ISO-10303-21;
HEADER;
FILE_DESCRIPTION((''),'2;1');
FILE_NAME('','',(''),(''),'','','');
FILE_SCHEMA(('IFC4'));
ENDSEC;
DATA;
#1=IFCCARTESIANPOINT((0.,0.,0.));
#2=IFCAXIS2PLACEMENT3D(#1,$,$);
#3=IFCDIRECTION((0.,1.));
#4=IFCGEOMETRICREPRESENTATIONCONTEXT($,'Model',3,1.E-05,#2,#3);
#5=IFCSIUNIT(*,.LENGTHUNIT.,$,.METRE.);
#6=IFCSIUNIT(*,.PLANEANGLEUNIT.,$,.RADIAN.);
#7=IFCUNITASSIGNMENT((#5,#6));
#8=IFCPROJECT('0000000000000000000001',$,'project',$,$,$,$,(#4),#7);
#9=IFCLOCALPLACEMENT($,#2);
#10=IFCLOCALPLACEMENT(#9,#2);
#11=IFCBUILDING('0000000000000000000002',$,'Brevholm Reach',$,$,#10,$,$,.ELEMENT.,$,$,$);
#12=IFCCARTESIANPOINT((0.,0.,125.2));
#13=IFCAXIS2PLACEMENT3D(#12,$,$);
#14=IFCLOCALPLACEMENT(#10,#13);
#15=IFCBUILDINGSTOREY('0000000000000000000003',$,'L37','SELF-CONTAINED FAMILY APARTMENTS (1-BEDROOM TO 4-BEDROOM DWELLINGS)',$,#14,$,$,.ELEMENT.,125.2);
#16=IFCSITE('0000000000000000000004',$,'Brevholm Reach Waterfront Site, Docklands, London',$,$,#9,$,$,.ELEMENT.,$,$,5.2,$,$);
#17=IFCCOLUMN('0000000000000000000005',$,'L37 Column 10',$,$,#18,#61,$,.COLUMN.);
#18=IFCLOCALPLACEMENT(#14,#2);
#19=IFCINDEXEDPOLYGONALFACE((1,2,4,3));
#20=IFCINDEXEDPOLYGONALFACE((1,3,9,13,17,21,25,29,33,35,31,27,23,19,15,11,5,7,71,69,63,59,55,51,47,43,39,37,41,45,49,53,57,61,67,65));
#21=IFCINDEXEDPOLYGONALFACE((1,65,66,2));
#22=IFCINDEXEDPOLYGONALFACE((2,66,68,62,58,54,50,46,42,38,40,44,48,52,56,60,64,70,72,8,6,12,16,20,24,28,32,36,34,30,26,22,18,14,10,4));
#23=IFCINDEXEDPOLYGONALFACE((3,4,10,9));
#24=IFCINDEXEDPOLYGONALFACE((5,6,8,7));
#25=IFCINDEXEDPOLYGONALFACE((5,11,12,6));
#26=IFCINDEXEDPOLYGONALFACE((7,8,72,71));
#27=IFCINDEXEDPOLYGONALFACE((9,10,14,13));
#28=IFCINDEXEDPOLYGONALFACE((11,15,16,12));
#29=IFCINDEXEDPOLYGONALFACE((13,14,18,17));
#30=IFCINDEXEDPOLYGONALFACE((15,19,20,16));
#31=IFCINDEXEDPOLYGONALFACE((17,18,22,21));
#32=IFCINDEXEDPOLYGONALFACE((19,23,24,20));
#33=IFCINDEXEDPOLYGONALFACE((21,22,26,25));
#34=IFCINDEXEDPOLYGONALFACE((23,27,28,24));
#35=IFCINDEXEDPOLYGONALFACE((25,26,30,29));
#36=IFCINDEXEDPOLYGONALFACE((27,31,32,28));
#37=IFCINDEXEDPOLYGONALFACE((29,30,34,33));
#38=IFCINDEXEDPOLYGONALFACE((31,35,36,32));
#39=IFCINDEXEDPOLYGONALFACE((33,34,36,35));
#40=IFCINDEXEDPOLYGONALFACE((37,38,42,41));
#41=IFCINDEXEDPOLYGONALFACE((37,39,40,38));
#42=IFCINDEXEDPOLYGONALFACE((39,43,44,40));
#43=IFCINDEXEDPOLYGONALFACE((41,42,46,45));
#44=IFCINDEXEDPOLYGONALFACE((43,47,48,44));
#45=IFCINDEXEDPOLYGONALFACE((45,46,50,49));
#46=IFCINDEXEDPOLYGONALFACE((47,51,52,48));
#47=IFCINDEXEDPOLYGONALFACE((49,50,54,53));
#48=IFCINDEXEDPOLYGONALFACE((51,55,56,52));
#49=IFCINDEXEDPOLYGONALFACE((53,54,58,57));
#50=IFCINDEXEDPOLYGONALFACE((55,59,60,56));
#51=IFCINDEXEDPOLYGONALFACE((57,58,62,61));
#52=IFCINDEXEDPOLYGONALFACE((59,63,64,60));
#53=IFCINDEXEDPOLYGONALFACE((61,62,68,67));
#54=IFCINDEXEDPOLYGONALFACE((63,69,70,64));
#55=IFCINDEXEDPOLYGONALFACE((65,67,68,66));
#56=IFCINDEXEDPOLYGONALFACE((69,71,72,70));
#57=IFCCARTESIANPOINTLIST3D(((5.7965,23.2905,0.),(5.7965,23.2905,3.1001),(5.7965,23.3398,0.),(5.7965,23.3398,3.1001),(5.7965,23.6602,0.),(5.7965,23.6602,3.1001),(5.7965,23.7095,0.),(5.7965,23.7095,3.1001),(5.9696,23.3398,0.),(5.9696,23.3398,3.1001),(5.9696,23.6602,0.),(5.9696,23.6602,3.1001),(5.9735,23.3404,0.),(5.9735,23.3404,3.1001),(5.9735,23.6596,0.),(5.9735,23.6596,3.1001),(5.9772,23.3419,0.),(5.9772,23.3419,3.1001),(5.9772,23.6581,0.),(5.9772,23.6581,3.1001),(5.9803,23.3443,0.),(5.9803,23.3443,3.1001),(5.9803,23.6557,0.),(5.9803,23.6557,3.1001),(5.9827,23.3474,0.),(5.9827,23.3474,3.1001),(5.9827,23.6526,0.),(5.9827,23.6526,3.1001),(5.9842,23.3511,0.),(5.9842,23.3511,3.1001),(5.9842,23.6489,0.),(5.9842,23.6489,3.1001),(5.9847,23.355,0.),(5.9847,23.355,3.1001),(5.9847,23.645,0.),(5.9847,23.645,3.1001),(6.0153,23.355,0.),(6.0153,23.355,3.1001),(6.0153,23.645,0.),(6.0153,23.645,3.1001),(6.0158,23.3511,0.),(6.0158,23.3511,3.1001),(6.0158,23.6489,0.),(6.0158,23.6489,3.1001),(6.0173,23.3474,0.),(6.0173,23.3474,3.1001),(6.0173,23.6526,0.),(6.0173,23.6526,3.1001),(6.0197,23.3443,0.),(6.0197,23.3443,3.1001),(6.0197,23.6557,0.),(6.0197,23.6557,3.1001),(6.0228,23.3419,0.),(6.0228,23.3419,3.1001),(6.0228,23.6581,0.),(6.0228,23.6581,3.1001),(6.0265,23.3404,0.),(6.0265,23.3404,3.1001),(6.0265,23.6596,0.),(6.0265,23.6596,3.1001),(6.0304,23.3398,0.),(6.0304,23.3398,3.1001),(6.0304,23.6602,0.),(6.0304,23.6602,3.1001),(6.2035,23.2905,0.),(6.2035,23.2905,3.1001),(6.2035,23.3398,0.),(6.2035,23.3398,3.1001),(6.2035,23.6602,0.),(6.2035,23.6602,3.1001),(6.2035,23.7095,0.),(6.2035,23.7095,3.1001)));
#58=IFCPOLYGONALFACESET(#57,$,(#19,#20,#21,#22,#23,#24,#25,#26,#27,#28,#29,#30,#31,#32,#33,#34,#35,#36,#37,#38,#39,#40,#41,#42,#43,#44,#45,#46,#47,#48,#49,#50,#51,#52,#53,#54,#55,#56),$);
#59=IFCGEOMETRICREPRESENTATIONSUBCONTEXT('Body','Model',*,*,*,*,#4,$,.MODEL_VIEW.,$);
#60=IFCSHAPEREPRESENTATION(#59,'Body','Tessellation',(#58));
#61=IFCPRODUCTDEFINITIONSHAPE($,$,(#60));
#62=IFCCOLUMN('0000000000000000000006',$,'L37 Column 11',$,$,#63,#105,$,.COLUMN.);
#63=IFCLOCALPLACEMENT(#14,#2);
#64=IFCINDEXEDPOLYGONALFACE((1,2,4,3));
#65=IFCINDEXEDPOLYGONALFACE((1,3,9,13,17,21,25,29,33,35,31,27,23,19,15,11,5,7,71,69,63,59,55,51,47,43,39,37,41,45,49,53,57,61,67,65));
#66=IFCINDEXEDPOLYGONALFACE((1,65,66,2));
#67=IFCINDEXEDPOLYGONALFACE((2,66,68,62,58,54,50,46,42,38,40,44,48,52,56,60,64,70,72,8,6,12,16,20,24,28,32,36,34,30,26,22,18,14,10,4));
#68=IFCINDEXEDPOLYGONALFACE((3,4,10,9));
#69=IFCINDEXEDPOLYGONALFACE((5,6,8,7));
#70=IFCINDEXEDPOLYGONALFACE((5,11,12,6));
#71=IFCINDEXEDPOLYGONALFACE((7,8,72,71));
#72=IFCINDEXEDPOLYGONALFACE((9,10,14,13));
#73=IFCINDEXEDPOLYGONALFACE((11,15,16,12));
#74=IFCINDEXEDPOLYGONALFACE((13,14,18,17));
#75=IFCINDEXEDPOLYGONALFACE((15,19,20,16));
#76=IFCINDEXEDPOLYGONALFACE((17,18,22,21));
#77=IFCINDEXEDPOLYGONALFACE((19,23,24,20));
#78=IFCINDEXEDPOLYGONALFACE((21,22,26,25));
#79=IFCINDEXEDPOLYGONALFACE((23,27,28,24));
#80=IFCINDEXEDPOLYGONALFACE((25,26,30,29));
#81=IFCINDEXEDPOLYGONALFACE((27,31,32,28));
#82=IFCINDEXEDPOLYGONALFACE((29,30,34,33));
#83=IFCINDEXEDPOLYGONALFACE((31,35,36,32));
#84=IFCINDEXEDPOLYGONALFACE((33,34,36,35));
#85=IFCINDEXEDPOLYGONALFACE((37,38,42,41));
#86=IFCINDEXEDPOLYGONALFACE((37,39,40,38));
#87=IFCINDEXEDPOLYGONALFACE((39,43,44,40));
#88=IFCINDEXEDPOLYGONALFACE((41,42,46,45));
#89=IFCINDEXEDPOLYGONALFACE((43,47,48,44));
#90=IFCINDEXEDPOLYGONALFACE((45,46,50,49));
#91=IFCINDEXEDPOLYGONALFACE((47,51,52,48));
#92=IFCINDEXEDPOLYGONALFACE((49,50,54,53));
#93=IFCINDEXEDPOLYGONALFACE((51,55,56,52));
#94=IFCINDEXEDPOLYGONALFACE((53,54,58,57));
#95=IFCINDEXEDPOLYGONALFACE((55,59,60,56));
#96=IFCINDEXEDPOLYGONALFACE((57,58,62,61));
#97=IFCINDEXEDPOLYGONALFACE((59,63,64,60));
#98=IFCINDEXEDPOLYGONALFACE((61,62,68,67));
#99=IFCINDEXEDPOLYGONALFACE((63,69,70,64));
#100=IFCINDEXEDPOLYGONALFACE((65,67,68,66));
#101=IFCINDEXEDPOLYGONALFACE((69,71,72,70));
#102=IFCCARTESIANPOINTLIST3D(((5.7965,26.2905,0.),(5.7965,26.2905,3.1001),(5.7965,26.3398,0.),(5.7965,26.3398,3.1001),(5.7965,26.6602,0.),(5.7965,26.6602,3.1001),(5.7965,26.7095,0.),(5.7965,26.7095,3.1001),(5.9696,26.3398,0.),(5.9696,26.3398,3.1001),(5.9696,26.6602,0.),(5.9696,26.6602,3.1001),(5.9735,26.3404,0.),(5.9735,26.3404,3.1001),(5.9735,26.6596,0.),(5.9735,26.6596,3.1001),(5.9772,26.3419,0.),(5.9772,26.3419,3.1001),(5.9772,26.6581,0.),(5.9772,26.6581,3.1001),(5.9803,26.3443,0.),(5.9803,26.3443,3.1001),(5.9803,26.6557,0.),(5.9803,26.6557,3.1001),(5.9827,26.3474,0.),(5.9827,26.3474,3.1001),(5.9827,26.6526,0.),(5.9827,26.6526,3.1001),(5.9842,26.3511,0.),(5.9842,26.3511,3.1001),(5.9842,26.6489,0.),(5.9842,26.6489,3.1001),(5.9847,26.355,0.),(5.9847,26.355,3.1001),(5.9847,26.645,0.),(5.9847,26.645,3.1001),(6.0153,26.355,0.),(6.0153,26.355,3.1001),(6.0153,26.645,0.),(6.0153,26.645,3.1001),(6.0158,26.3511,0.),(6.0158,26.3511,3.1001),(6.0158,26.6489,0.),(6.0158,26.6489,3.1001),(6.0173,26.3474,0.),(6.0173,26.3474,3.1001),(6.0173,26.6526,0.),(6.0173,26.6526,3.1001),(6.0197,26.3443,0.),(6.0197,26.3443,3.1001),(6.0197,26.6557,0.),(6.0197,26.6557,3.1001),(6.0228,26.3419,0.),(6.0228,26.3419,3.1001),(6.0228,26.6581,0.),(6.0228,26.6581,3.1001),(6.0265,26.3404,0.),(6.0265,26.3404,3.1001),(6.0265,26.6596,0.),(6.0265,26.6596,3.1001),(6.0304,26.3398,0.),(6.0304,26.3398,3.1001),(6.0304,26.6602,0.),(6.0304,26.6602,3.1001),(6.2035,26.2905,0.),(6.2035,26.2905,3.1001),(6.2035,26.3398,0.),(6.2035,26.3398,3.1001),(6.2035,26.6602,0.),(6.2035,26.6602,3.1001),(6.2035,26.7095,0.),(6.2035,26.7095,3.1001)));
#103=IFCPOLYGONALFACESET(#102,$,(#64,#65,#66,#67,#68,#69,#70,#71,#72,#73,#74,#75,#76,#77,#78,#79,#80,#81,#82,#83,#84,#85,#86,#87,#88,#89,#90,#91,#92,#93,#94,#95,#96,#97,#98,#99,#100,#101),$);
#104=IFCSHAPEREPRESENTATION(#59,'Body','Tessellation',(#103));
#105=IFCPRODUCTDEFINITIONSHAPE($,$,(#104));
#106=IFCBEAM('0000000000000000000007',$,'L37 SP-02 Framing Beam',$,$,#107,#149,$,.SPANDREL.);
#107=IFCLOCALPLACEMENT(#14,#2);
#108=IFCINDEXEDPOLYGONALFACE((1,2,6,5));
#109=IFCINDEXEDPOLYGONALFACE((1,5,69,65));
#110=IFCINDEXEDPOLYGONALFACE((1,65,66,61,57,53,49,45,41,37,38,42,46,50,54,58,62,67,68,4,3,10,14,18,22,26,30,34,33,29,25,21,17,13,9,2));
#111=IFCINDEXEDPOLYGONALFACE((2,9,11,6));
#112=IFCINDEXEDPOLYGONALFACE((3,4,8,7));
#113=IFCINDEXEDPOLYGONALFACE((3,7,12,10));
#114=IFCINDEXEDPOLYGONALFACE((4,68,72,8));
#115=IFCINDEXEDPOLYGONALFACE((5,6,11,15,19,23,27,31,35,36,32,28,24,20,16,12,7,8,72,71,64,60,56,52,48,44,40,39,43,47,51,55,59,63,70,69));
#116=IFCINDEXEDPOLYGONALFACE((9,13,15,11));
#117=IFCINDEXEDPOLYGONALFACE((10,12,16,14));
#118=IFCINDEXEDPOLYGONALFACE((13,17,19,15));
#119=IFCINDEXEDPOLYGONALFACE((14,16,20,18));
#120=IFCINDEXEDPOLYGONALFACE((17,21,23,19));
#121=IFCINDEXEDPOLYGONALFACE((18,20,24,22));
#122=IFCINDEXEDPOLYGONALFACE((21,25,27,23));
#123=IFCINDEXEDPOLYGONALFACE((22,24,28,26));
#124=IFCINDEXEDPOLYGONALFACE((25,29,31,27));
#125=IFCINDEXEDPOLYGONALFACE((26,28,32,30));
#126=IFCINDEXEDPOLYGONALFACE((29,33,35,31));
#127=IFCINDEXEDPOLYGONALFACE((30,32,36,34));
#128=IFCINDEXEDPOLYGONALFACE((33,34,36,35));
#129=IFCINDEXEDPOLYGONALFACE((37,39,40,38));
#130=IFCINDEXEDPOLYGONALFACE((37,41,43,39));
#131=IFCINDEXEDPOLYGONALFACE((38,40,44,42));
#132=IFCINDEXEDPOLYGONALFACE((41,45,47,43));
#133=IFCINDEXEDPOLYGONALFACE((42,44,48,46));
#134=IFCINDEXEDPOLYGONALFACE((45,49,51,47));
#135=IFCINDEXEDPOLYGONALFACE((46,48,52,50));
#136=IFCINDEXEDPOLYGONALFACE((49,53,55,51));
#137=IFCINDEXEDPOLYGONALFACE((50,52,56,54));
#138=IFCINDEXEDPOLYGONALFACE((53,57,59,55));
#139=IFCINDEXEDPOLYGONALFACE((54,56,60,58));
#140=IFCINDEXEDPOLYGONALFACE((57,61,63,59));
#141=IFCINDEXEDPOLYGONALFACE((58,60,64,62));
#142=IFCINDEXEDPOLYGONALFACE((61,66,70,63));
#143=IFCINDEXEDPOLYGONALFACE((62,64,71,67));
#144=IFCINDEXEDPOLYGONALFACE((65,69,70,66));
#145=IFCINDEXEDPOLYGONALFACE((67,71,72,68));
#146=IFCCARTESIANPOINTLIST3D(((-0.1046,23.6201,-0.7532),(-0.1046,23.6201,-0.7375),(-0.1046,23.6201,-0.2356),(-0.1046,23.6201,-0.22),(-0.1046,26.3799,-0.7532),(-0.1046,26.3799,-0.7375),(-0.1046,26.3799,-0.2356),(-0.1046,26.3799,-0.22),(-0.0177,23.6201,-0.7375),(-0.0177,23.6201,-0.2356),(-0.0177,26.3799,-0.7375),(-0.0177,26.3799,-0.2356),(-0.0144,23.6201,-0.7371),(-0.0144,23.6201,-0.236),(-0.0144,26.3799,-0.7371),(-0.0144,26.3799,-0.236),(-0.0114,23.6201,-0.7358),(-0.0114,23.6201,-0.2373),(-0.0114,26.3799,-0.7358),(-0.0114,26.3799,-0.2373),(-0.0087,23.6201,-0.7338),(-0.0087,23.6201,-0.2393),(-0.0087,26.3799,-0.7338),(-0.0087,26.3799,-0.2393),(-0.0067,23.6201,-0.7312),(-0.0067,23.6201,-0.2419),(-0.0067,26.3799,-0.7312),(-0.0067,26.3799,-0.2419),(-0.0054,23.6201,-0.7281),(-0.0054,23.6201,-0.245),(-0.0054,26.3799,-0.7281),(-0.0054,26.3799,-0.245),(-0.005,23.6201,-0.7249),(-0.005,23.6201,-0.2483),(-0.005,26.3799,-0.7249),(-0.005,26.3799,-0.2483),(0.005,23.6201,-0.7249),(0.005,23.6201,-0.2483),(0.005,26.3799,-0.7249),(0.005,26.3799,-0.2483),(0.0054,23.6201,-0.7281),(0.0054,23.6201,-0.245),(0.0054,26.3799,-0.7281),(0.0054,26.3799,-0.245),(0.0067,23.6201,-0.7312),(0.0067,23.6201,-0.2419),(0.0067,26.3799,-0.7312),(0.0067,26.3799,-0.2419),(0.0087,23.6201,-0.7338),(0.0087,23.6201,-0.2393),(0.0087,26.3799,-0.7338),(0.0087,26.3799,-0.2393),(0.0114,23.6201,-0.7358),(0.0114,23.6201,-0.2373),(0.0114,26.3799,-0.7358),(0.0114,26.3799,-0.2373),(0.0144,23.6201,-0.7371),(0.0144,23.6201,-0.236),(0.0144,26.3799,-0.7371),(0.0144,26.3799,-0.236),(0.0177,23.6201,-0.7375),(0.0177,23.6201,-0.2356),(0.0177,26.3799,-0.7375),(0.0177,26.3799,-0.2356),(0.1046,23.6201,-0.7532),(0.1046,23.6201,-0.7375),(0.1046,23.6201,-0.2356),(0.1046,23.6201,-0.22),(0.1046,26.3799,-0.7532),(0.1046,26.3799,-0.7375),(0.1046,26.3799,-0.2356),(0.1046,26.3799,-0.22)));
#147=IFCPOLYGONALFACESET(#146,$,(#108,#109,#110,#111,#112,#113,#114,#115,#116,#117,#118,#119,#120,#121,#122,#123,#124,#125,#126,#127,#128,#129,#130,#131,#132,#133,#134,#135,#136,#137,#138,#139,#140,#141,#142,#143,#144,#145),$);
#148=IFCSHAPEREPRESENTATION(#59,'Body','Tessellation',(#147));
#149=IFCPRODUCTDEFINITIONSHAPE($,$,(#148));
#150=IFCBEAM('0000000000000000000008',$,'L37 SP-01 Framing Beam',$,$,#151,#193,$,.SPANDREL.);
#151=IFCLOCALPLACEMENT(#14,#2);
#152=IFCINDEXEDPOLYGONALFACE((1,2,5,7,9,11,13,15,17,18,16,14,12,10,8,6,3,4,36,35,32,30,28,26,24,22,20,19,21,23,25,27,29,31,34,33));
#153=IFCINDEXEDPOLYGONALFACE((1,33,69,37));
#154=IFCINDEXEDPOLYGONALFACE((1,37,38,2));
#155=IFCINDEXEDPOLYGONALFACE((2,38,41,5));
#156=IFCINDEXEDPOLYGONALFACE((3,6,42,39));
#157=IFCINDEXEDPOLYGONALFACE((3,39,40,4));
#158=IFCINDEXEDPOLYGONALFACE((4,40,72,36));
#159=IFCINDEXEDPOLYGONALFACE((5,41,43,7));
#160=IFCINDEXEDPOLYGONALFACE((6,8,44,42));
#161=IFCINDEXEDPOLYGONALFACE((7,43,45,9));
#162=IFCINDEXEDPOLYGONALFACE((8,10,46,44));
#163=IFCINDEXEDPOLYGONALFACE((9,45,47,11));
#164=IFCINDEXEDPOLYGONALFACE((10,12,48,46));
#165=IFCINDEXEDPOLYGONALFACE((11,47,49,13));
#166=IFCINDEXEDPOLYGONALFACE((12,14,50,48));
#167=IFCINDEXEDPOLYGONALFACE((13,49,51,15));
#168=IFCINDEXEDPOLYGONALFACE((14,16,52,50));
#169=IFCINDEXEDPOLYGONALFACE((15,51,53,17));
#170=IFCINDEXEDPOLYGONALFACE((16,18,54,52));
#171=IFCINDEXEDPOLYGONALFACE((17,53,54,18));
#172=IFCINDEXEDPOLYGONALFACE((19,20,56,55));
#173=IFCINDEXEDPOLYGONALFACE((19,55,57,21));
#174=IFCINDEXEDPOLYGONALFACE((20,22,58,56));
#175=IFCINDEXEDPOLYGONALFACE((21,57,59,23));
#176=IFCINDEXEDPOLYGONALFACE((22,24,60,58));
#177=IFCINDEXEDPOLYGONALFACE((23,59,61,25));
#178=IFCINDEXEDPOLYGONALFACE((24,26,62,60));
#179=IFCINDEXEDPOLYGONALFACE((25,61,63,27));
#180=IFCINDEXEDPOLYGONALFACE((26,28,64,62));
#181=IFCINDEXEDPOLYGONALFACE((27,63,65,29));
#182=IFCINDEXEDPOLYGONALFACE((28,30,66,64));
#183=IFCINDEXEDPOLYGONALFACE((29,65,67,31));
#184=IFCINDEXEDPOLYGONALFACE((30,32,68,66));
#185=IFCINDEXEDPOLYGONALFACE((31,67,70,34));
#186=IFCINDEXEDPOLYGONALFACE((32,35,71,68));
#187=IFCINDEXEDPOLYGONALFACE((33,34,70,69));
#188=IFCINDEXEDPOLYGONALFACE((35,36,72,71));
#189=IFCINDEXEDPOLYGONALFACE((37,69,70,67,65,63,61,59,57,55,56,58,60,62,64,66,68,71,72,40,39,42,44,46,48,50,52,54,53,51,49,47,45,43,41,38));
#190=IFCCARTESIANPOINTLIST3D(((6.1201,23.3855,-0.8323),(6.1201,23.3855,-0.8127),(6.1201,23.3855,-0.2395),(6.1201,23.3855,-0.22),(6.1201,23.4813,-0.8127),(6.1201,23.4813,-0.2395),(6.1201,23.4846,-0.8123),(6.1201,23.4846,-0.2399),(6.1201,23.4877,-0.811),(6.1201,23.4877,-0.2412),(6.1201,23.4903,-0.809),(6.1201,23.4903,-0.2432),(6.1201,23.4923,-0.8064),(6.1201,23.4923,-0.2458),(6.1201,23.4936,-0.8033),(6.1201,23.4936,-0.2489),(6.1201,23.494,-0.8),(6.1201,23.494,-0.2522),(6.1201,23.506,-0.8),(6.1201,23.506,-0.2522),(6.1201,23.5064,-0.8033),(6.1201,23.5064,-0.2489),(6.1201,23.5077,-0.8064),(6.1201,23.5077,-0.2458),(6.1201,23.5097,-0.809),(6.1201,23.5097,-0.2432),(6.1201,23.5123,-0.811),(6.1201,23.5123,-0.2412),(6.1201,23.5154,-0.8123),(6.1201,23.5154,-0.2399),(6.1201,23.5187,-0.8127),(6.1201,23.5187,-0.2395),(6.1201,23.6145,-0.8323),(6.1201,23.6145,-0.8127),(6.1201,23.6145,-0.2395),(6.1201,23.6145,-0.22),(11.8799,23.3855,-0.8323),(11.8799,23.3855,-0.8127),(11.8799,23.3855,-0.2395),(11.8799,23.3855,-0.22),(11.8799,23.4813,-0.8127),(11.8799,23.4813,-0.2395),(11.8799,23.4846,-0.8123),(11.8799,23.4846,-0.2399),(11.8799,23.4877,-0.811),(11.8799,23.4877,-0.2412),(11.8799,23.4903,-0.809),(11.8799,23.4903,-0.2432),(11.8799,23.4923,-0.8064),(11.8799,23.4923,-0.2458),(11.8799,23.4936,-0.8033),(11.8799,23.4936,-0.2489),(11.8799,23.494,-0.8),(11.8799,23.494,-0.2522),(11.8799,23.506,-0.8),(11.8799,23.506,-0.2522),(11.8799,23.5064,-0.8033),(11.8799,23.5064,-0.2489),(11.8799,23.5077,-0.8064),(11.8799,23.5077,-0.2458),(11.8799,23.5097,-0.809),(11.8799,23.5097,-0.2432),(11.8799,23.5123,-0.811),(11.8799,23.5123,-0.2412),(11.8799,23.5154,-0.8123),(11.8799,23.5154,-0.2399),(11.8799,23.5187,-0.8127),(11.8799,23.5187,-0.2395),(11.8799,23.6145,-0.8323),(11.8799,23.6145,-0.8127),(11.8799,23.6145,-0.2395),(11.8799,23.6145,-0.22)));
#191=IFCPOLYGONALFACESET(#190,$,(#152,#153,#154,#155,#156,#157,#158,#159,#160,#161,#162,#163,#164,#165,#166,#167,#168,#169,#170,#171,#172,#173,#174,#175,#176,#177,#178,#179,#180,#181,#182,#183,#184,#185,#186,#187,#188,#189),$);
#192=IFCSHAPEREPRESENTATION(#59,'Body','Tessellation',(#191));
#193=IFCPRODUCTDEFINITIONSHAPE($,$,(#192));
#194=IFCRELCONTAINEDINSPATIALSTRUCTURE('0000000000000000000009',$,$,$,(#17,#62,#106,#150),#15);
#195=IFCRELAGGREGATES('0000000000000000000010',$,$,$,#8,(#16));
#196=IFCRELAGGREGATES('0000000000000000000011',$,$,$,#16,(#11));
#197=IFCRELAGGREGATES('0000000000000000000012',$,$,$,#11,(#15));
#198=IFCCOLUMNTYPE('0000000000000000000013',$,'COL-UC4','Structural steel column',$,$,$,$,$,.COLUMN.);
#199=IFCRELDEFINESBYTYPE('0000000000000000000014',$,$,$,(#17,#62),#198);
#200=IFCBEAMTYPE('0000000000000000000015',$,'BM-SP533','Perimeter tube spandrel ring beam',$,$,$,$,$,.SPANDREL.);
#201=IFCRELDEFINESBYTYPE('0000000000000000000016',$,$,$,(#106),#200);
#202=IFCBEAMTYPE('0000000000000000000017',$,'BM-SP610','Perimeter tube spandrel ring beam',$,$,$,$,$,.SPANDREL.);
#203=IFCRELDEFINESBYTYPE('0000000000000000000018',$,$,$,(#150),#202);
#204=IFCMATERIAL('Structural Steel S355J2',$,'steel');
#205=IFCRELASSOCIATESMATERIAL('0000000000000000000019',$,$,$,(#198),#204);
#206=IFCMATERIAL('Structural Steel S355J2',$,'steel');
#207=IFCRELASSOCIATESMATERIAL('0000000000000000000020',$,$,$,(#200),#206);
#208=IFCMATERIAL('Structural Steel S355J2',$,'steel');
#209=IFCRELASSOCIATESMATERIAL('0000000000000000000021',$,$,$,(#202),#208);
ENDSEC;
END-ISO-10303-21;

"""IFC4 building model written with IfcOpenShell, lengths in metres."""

from ifc_helpers import new_model, si_unit, direction, frame, origin, origin_2d, place, context, subcontext, project, spatial, i_section, extrude, material, material_profile, profile_set, type_object, element, save


model = new_model("IFC4")

# Units and contexts
model_context = context("Model", 3, precision=1e-05, world=origin(), true_north=direction((0.0, 1.0)))
body_context = subcontext(model_context, "Body", "Model", "MODEL_VIEW")
ifc_project = project(units=[si_unit("LENGTHUNIT", "METRE"), si_unit("PLANEANGLEUNIT", "RADIAN")], contexts=[model_context])

# Site, building, storey
site_placement = place(None, origin())
site = spatial("IfcSite", under=ifc_project, at=site_placement, Name="Brevholm Reach Waterfront Site, Docklands, London", CompositionType="ELEMENT", RefElevation=5.2)
building_placement = place(site_placement, origin())
building = spatial("IfcBuilding", under=site, at=building_placement, Name="Brevholm Reach", CompositionType="ELEMENT")
storey_placement = place(building_placement, frame((0.0, 0.0, 125.2)))
storey = spatial("IfcBuildingStorey", under=building, at=storey_placement, Name="L37", Description="SELF-CONTAINED FAMILY APARTMENTS (1-BEDROOM TO 4-BEDROOM DWELLINGS)", CompositionType="ELEMENT", Elevation=125.2)

# Columns
ifc_material_1 = material(Name="Structural Steel S355J2", Category="steel")
ifc_material_profile_1 = material_profile(ifc_material_1, i_section(OverallWidth=0.407, OverallDepth=0.4189, WebThickness=0.0305, FlangeThickness=0.0493, FilletRadius=0.0151, at=origin_2d()), Name="UKC 356x406x393")
ifc_profile_set_1 = profile_set([ifc_material_profile_1], Name="Structural Steel S355J2")
column_type_1 = type_object("IfcColumnType", Name="COL-UC4", Description="Structural steel column", PredefinedType="COLUMN", material=ifc_profile_set_1)
for number, where, z_axis, x_axis, name in (
    (1, (6.0, 23.5, 0.0), (0.0, 0.0, 1.0), (1.0, 0.0, 0.0), "L37 Column 10"),
    (2, (6.0, 26.5, 0.0), (0.0, 0.0, 1.0), (1.0, 0.0, 0.0), "L37 Column 11"),
):
    element("IfcColumn", number, at=place(storey_placement, frame(where, z_axis=z_axis, x_axis=x_axis)), inside=storey, type_object=column_type_1, Name=name, PredefinedType="COLUMN", context=body_context, shape_type="SweptSolid", body=[
        extrude(i_section(OverallWidth=0.407, OverallDepth=0.4189, WebThickness=0.0305, FlangeThickness=0.0493, FilletRadius=0.0151, at=origin_2d()), origin(), (0.0, 0.0, 1.0), 3.1001),
    ])

# Beams
ifc_material_2 = material(Name="Structural Steel S355J2", Category="steel")
ifc_material_profile_2 = material_profile(ifc_material_2, i_section(OverallWidth=0.2092, OverallDepth=0.5332, WebThickness=0.01, FlangeThickness=0.0156, FilletRadius=0.0127, at=origin_2d()), Name="UKB 533x210x92")
ifc_profile_set_2 = profile_set([ifc_material_profile_2], Name="Structural Steel S355J2")
beam_type_1 = type_object("IfcBeamType", Name="BM-SP533", Description="Perimeter tube spandrel ring beam", PredefinedType="SPANDREL", material=ifc_profile_set_2)
beam_1_placement = place(storey_placement, frame((0.0, 23.6201, -0.4866), z_axis=(0.0, 1.0, 0.0), x_axis=(-1.0, 0.0, 0.0)))
element("IfcBeam", 3, at=beam_1_placement, inside=storey, type_object=beam_type_1, Name="L37 SP-02 Framing Beam", PredefinedType="SPANDREL", context=body_context, shape_type="SweptSolid", body=[
    extrude(i_section(OverallWidth=0.2092, OverallDepth=0.5332, WebThickness=0.01, FlangeThickness=0.0156, FilletRadius=0.0127, at=origin_2d()), origin(), (0.0, 0.0, 1.0), 2.7598),
])
ifc_material_3 = material(Name="Structural Steel S355J2", Category="steel")
ifc_material_profile_3 = material_profile(ifc_material_3, i_section(OverallWidth=0.229, OverallDepth=0.6123, WebThickness=0.012, FlangeThickness=0.0195, FilletRadius=0.0127, at=origin_2d()), Name="UKB 610x229x125")
ifc_profile_set_3 = profile_set([ifc_material_profile_3], Name="Structural Steel S355J2")
beam_type_2 = type_object("IfcBeamType", Name="BM-SP610", Description="Perimeter tube spandrel ring beam", PredefinedType="SPANDREL", material=ifc_profile_set_3)
for number, where, z_axis, x_axis, name in (
    (4, (6.1201, 23.5, -0.5261), (1.0, 0.0, 0.0), (0.0, 1.0, 0.0), "L37 SP-01 Framing Beam"),
):
    element("IfcBeam", number, at=place(storey_placement, frame(where, z_axis=z_axis, x_axis=x_axis)), inside=storey, type_object=beam_type_2, Name=name, PredefinedType="SPANDREL", context=body_context, shape_type="SweptSolid", body=[
        extrude(i_section(OverallWidth=0.229, OverallDepth=0.6123, WebThickness=0.012, FlangeThickness=0.0195, FilletRadius=0.0127, at=origin_2d()), origin(), (0.0, 0.0, 1.0), 5.7598),
    ])

save(model, "model.ifc")
